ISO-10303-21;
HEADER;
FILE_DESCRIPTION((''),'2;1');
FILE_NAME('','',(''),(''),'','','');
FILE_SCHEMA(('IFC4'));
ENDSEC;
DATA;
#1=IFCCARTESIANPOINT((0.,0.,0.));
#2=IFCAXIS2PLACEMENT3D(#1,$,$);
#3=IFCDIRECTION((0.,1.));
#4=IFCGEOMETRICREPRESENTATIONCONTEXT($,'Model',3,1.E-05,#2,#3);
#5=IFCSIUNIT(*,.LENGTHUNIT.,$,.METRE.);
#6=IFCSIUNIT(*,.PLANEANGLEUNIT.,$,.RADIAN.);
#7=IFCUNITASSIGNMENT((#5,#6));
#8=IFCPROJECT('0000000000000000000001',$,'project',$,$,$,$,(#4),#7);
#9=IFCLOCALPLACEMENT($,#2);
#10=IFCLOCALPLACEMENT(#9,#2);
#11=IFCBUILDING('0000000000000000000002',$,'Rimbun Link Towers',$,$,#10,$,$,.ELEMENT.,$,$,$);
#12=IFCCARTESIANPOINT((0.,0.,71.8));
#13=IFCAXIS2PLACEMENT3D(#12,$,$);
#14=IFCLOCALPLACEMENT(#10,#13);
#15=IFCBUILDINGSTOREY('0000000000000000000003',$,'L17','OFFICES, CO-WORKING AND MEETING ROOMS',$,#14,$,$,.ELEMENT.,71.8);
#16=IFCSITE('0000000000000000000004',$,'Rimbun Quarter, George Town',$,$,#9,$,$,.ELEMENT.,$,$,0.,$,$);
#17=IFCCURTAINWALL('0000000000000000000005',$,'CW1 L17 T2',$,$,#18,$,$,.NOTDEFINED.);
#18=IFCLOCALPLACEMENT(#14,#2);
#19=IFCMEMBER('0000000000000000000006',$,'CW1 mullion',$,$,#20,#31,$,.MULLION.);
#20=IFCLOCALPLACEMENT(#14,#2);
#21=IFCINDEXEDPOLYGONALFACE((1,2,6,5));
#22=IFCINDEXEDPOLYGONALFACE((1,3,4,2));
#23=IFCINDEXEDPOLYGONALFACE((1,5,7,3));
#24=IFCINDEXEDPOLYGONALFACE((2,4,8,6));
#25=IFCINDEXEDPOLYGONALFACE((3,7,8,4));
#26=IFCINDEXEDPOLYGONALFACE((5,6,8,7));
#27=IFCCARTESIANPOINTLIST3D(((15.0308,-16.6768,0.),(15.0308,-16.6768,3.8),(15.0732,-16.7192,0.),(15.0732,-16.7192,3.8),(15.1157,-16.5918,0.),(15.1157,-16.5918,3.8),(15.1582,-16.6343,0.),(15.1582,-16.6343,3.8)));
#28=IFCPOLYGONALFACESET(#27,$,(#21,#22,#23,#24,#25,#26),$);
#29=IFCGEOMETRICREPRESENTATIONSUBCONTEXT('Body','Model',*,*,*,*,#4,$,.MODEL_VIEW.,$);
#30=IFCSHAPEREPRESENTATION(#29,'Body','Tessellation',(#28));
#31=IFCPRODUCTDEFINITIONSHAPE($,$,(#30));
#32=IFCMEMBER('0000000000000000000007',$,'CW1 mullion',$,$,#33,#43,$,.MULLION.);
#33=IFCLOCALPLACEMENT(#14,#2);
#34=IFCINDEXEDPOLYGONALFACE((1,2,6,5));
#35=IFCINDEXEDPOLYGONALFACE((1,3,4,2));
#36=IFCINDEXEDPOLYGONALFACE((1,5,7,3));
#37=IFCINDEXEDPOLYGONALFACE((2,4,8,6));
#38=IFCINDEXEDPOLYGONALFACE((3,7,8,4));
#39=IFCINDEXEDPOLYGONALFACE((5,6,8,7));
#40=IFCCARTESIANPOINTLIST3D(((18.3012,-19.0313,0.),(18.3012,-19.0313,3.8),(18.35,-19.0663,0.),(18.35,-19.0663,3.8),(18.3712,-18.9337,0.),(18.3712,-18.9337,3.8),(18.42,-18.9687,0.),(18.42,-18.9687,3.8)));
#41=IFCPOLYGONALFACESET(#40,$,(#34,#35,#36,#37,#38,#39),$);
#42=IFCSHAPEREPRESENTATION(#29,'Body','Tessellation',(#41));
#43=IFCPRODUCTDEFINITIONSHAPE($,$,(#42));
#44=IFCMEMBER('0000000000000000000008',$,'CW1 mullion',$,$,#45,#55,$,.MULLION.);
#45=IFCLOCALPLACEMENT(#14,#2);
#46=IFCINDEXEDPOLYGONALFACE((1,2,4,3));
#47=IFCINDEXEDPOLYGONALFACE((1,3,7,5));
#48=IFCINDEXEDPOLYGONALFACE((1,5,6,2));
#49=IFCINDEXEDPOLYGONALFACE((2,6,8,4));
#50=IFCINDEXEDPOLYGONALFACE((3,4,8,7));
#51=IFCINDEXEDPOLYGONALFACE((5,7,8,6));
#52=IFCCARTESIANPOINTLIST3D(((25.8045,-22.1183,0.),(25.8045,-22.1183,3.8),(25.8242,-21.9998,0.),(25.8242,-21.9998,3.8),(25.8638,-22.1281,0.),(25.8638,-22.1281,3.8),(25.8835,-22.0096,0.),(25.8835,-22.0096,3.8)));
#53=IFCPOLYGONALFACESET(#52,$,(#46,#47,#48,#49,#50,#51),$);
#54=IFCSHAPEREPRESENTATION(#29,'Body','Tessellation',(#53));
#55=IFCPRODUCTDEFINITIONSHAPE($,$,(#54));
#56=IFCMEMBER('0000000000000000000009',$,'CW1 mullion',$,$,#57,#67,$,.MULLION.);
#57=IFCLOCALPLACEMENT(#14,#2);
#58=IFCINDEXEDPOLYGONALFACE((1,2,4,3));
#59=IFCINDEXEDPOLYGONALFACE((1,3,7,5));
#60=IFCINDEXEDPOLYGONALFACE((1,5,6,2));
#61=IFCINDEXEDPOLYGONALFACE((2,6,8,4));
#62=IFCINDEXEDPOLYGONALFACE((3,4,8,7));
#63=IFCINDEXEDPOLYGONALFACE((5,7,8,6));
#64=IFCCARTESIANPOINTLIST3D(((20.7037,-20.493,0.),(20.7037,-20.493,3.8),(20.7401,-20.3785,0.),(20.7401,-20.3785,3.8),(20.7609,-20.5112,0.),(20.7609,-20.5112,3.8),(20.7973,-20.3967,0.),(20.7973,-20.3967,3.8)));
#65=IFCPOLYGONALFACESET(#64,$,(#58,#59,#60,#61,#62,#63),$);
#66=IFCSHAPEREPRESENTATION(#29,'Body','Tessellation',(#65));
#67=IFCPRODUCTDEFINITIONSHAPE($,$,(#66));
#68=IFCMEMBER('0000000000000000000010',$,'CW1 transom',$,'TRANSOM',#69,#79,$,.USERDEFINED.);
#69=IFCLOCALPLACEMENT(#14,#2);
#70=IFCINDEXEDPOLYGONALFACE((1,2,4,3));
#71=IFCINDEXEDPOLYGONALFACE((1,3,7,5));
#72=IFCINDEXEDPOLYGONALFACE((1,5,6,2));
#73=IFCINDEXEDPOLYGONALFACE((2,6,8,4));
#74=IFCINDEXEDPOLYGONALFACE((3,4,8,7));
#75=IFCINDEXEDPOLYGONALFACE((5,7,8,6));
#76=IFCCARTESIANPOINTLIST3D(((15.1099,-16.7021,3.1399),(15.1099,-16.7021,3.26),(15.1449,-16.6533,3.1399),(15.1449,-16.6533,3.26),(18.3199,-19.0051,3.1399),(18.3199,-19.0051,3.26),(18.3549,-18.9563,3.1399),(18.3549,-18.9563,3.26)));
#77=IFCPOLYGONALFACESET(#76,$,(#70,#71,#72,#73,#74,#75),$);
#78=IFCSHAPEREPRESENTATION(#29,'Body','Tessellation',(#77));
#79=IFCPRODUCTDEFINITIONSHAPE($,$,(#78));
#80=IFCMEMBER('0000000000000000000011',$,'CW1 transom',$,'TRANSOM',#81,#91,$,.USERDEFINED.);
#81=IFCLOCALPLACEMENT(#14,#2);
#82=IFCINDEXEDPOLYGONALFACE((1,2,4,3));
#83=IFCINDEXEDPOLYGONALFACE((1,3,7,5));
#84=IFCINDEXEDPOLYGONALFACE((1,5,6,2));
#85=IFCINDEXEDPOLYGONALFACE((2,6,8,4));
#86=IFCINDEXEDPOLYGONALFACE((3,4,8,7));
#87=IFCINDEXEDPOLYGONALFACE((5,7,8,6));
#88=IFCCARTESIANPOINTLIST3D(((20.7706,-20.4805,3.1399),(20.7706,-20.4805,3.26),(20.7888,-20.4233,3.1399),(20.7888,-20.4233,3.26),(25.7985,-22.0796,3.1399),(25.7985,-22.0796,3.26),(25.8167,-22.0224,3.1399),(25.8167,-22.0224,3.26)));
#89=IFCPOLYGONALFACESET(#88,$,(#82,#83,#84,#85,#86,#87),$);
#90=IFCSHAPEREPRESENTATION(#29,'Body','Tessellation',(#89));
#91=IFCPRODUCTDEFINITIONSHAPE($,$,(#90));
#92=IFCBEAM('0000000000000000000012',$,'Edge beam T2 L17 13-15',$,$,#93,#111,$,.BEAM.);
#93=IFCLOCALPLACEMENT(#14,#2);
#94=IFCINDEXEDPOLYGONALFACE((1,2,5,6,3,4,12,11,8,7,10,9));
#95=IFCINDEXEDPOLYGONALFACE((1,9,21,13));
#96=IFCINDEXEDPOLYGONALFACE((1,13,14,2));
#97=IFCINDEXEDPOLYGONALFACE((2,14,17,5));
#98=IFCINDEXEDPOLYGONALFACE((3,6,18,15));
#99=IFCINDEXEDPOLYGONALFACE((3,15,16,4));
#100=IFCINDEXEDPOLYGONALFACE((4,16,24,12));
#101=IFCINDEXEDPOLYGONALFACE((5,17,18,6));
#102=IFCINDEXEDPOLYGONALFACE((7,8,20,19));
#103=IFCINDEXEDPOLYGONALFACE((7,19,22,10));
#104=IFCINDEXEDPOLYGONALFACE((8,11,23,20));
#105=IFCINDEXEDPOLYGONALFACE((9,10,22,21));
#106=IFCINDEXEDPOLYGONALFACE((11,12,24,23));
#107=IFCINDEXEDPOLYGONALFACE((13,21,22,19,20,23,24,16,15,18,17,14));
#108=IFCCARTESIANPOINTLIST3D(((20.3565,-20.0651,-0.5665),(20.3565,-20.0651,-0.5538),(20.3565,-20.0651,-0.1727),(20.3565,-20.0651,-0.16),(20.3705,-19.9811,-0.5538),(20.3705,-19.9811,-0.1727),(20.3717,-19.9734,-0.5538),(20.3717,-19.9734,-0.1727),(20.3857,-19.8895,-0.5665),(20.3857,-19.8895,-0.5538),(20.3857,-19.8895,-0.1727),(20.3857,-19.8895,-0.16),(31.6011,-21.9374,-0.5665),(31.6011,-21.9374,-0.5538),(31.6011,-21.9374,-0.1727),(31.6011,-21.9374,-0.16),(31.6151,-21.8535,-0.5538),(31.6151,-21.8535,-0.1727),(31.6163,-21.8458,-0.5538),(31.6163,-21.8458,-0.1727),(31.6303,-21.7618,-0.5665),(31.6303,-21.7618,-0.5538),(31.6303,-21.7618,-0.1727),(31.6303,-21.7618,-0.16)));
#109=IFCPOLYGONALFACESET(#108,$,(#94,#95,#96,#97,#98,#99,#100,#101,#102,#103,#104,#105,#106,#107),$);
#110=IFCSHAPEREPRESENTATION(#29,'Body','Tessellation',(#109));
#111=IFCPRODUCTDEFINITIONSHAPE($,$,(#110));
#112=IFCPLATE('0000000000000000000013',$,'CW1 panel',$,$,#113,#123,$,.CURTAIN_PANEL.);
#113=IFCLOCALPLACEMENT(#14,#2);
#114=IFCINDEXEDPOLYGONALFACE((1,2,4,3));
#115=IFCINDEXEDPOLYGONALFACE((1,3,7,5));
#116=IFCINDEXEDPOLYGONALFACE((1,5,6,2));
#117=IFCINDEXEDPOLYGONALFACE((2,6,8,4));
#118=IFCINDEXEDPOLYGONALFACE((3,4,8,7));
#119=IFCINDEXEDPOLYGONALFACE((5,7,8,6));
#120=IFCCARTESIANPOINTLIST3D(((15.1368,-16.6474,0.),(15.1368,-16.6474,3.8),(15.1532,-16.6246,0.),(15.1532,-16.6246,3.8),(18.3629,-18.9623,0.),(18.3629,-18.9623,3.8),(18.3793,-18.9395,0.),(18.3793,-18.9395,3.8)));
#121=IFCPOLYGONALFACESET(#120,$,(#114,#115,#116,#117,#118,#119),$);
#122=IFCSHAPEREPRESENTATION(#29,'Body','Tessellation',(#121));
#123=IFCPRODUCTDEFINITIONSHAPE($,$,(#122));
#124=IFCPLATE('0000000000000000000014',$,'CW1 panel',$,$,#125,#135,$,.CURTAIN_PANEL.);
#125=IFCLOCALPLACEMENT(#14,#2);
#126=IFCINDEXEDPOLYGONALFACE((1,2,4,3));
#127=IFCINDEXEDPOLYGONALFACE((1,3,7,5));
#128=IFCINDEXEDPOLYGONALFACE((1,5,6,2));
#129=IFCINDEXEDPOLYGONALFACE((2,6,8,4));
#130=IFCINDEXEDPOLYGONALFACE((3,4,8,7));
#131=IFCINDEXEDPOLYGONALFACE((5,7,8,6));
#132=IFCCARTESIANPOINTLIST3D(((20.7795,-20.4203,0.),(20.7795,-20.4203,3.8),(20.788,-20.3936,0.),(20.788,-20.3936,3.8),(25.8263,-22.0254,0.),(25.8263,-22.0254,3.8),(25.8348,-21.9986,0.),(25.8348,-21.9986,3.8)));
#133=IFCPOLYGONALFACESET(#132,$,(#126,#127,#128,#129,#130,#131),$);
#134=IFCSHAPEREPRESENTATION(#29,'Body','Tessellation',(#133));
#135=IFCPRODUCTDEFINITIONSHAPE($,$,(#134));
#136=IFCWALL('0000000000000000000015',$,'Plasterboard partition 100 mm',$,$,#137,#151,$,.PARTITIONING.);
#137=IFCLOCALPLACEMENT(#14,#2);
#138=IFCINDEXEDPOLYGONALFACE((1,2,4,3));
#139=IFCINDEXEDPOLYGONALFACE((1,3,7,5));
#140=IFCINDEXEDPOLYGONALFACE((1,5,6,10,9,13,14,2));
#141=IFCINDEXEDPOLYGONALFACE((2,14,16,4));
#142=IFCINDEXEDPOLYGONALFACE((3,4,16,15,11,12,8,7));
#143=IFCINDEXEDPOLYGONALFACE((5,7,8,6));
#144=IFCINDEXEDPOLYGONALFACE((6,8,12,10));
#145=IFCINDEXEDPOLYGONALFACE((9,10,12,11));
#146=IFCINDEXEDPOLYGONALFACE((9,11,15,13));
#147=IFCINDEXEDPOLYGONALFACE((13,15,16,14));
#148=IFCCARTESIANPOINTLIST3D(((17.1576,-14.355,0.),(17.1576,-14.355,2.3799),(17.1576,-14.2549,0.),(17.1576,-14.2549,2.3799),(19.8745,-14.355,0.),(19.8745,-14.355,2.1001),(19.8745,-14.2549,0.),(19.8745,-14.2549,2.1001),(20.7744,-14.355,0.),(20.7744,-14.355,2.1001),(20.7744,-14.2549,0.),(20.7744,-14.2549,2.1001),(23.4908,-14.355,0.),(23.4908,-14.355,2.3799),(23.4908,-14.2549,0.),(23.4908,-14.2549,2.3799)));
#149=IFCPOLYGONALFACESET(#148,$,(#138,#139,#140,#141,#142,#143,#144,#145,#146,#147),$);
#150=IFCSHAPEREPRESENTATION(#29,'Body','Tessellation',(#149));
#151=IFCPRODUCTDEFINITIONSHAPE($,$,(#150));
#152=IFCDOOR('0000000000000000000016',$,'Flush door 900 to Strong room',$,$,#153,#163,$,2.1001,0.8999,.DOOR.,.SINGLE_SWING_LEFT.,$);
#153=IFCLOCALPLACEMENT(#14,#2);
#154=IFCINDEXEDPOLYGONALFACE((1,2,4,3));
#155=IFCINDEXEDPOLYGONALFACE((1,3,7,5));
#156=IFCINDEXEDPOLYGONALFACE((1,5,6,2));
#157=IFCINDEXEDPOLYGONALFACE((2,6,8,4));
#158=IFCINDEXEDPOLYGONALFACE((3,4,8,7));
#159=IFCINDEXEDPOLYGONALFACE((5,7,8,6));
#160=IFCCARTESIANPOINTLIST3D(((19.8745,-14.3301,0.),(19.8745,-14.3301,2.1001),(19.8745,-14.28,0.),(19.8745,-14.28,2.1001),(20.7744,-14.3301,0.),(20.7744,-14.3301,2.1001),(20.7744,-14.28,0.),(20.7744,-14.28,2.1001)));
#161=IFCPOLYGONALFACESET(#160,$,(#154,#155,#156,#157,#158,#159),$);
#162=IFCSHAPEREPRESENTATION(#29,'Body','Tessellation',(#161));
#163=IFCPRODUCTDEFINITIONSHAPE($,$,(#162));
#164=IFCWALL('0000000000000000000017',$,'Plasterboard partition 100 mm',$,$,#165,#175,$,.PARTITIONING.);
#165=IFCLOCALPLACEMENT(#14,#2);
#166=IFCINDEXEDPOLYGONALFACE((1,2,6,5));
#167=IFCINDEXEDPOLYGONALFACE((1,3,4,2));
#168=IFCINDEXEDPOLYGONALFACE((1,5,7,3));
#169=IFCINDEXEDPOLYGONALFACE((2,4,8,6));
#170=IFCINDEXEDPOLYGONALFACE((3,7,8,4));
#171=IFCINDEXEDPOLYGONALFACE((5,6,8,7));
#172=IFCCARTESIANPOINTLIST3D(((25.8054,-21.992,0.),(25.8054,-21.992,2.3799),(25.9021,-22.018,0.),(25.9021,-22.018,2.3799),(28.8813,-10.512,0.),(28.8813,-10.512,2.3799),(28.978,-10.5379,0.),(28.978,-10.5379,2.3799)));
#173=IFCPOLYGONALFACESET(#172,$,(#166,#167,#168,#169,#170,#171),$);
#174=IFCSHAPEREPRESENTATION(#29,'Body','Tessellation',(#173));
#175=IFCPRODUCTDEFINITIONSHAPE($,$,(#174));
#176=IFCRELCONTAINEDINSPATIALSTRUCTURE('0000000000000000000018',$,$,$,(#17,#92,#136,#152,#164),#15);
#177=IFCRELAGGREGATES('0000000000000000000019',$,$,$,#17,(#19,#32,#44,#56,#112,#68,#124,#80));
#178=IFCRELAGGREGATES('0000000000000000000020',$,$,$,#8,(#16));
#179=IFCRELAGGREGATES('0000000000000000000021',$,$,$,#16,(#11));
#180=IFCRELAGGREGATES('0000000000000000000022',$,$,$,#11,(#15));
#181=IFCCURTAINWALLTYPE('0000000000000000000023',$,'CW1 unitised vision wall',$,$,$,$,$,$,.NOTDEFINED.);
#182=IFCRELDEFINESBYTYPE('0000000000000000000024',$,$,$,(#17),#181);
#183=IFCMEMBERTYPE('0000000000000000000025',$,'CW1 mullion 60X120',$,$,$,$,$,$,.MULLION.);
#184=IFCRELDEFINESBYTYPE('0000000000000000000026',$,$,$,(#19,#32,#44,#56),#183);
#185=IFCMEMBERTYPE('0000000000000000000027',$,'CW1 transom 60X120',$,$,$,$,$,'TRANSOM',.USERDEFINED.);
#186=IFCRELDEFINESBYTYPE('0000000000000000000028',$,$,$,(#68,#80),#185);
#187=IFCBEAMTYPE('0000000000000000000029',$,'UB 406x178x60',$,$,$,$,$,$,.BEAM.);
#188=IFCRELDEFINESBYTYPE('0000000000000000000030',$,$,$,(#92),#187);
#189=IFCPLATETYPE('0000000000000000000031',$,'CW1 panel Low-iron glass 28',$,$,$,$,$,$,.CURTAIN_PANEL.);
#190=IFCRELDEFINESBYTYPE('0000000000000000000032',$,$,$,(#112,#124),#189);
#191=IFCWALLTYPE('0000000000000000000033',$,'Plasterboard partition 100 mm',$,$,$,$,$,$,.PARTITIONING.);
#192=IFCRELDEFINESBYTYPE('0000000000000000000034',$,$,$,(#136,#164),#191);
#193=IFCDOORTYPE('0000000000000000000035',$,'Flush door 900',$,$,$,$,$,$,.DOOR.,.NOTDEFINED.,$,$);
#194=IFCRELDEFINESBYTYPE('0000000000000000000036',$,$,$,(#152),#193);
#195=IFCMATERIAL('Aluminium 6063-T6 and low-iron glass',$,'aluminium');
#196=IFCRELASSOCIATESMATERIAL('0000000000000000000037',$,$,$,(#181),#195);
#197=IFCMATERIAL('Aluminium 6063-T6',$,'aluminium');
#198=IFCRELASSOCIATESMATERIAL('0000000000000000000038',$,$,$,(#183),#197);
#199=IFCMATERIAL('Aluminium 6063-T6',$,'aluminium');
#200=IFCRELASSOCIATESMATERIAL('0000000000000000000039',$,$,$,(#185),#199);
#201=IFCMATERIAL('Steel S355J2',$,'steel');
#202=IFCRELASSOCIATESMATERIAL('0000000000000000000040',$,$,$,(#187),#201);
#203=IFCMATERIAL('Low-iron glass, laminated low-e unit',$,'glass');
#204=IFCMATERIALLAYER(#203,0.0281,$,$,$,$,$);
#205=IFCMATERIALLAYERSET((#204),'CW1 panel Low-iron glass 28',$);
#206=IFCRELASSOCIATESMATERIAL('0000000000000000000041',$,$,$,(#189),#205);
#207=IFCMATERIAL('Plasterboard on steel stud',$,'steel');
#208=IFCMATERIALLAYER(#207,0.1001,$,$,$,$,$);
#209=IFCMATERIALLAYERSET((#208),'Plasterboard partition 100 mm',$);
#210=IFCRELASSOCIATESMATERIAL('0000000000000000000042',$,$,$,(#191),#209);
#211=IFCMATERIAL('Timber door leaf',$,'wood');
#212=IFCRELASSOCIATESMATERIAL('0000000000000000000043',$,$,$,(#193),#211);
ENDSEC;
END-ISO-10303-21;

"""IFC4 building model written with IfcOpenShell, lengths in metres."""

from ifc_helpers import new_model, si_unit, direction, frame, frame_2d, origin, origin_2d, place, context, subcontext, project, spatial, rectangle, i_section, extrude, material, layer, layer_set, material_profile, profile_set, type_object, element, fill, aggregate, save


model = new_model("IFC4")

# Units and contexts
model_context = context("Model", 3, precision=1e-05, world=origin(), true_north=direction((0.0, 1.0)))
body_context = subcontext(model_context, "Body", "Model", "MODEL_VIEW")
ifc_project = project(units=[si_unit("LENGTHUNIT", "METRE"), si_unit("PLANEANGLEUNIT", "RADIAN")], contexts=[model_context])

# Site, building, storey
site_placement = place(None, origin())
site = spatial("IfcSite", under=ifc_project, at=site_placement, Name="Rimbun Quarter, George Town", CompositionType="ELEMENT", RefElevation=0.0)
building_placement = place(site_placement, origin())
building = spatial("IfcBuilding", under=site, at=building_placement, Name="Rimbun Link Towers", CompositionType="ELEMENT")
storey_placement = place(building_placement, frame((0.0, 0.0, 71.8)))
storey = spatial("IfcBuildingStorey", under=building, at=storey_placement, Name="L17", Description="OFFICES, CO-WORKING AND MEETING ROOMS", CompositionType="ELEMENT", Elevation=71.8)

# Curtain wall, members
ifc_material_1 = material(Name="Aluminium 6063-T6 and low-iron glass", Category="aluminium")
curtain_wall_type = type_object("IfcCurtainWallType", Name="CW1 unitised vision wall", PredefinedType="NOTDEFINED", material=ifc_material_1)
curtain_wall_placement = place(storey_placement, origin())
curtain_wall = element("IfcCurtainWall", 1, at=curtain_wall_placement, inside=storey, type_object=curtain_wall_type, Name="CW1 L17 T2", PredefinedType="NOTDEFINED")
ifc_material_2 = material(Name="Aluminium 6063-T6", Category="aluminium")
ifc_material_profile_1 = material_profile(ifc_material_2, rectangle(XDim=0.1201, YDim=0.0601, at=origin_2d()), Name="MULLION 60X120")
ifc_profile_set_1 = profile_set([ifc_material_profile_1], Name="Aluminium 6063-T6")
member_type_1 = type_object("IfcMemberType", Name="CW1 mullion 60X120", PredefinedType="MULLION", material=ifc_profile_set_1)
member_1_placement = place(storey_placement, frame((15.0945, -16.6555, 0.0), z_axis=(0.0, 0.0, 1.0), x_axis=(-0.707107, -0.707107, 0.0)))
member_1 = element("IfcMember", 2, at=member_1_placement, type_object=member_type_1, Name="CW1 mullion", PredefinedType="MULLION", context=body_context, shape_type="SweptSolid", body=[
    extrude(rectangle(XDim=0.1201, YDim=0.0601, at=origin_2d()), origin(), (0.0, 0.0, 1.0), 3.8),
])
member_2_placement = place(storey_placement, frame((18.3606, -19.0, 0.0), z_axis=(0.0, 0.0, 1.0), x_axis=(-0.583002, -0.812471, 0.0)))
member_2 = element("IfcMember", 3, at=member_2_placement, type_object=member_type_1, Name="CW1 mullion", PredefinedType="MULLION", context=body_context, shape_type="SweptSolid", body=[
    extrude(rectangle(XDim=0.1201, YDim=0.0601, at=origin_2d()), origin(), (0.0, 0.0, 1.0), 3.8),
])
member_3_placement = place(storey_placement, frame((25.844, -22.064, 0.0), z_axis=(0.0, 0.0, 1.0), x_axis=(-0.163744, -0.986503, 0.0)))
member_3 = element("IfcMember", 4, at=member_3_placement, type_object=member_type_1, Name="CW1 mullion", PredefinedType="MULLION", context=body_context, shape_type="SweptSolid", body=[
    extrude(rectangle(XDim=0.1201, YDim=0.0601, at=origin_2d()), origin(), (0.0, 0.0, 1.0), 3.8),
])
member_4_placement = place(storey_placement, frame((20.7505, -20.4448, 0.0), z_axis=(0.0, 0.0, 1.0), x_axis=(-0.303066, -0.95297, 0.0)))
member_4 = element("IfcMember", 5, at=member_4_placement, type_object=member_type_1, Name="CW1 mullion", PredefinedType="MULLION", context=body_context, shape_type="SweptSolid", body=[
    extrude(rectangle(XDim=0.1201, YDim=0.0601, at=origin_2d()), origin(), (0.0, 0.0, 1.0), 3.8),
])
ifc_material_3 = material(Name="Aluminium 6063-T6", Category="aluminium")
ifc_material_profile_2 = material_profile(ifc_material_3, rectangle(XDim=0.0601, YDim=0.1201, at=origin_2d()), Name="TRANSOM 60X120")
ifc_profile_set_2 = profile_set([ifc_material_profile_2], Name="Aluminium 6063-T6")
member_type_2 = type_object("IfcMemberType", Name="CW1 transom 60X120", ElementType="TRANSOM", PredefinedType="USERDEFINED", material=ifc_profile_set_2)
member_5_placement = place(storey_placement, frame((18.3374, -18.9807, 3.2), z_axis=(-0.812517, 0.582938, 0.0), x_axis=(-0.582938, -0.812517, 0.0)))
member_5 = element("IfcMember", 6, at=member_5_placement, type_object=member_type_2, Name="CW1 transom", ObjectType="TRANSOM", PredefinedType="USERDEFINED", context=body_context, shape_type="SweptSolid", body=[
    extrude(rectangle(XDim=0.0601, YDim=0.1201, at=origin_2d()), origin(), (0.0, 0.0, 1.0), 3.9507),
])
member_6_placement = place(storey_placement, frame((25.8076, -22.051, 3.2), z_axis=(-0.952961, 0.303093, 0.0), x_axis=(-0.303093, -0.952961, 0.0)))
member_6 = element("IfcMember", 7, at=member_6_placement, type_object=member_type_2, Name="CW1 transom", ObjectType="TRANSOM", PredefinedType="USERDEFINED", context=body_context, shape_type="SweptSolid", body=[
    extrude(rectangle(XDim=0.0601, YDim=0.1201, at=origin_2d()), origin(), (0.0, 0.0, 1.0), 5.2761),
])

# Beam
ifc_material_4 = material(Name="Steel S355J2", Category="steel")
ifc_material_profile_3 = material_profile(ifc_material_4, i_section(OverallWidth=0.178, OverallDepth=0.4065, WebThickness=0.0078, FlangeThickness=0.0127, at=origin_2d()), Name="UB 406x178x60")
ifc_profile_set_3 = profile_set([ifc_material_profile_3], Name="Steel S355J2")
beam_type = type_object("IfcBeamType", Name="UB 406x178x60", PredefinedType="BEAM", material=ifc_profile_set_3)
beam_placement = place(storey_placement, frame((20.3711, -19.9773, -0.3633), z_axis=(0.986419, -0.164246, 0.0), x_axis=(0.164246, 0.986419, 0.0)))
element("IfcBeam", 8, at=beam_placement, inside=storey, type_object=beam_type, Name="Edge beam T2 L17 13-15", PredefinedType="BEAM", context=body_context, shape_type="SweptSolid", body=[
    extrude(i_section(OverallWidth=0.178, OverallDepth=0.4065, WebThickness=0.0078, FlangeThickness=0.0127, at=origin_2d()), origin(), (0.0, 0.0, 1.0), 11.3994),
])

# Plates
ifc_material_5 = material(Name="Low-iron glass, laminated low-e unit", Category="glass")
ifc_layer_1 = layer(ifc_material_5, 0.0281)
ifc_layer_set_1 = layer_set([ifc_layer_1], Name="CW1 panel Low-iron glass 28")
plate_type = type_object("IfcPlateType", Name="CW1 panel Low-iron glass 28", PredefinedType="CURTAIN_PANEL", material=ifc_layer_set_1)
plate_1_placement = place(storey_placement, frame((16.7581, -17.7935, 0.0), z_axis=(0.0, 0.0, 1.0), x_axis=(-0.812471, 0.583002, 0.0)))
plate_1 = element("IfcPlate", 9, at=plate_1_placement, type_object=plate_type, Name="CW1 panel", PredefinedType="CURTAIN_PANEL", context=body_context, shape_type="SweptSolid", body=[
    extrude(rectangle(XDim=3.9707, YDim=0.0281, at=origin_2d()), origin(), (0.0, 0.0, 1.0), 3.8),
])
plate_2_placement = place(storey_placement, frame((23.3071, -21.2095, 0.0), z_axis=(0.0, 0.0, 1.0), x_axis=(-0.95297, 0.303066, 0.0)))
plate_2 = element("IfcPlate", 10, at=plate_2_placement, type_object=plate_type, Name="CW1 panel", PredefinedType="CURTAIN_PANEL", context=body_context, shape_type="SweptSolid", body=[
    extrude(rectangle(XDim=5.2959, YDim=0.0281, at=origin_2d()), origin(), (0.0, 0.0, 1.0), 3.8),
])
aggregate(curtain_wall, [member_1, member_2, member_3, member_4, plate_1, member_5, plate_2, member_6])

# Wall, opening, door
ifc_material_6 = material(Name="Plasterboard on steel stud", Category="steel")
ifc_layer_2 = layer(ifc_material_6, 0.1001)
ifc_layer_set_2 = layer_set([ifc_layer_2], Name="Plasterboard partition 100 mm")
wall_type = type_object("IfcWallType", Name="Plasterboard partition 100 mm", PredefinedType="PARTITIONING", material=ifc_layer_set_2)
wall_1_placement = place(storey_placement, frame((17.1577, -14.3049, 0.0), z_axis=(0.0, 0.0, 1.0), x_axis=(1.0, 0.0, 0.0)))
wall_1 = element("IfcWall", 11, at=wall_1_placement, inside=storey, type_object=wall_type, Name="Plasterboard partition 100 mm", PredefinedType="PARTITIONING", context=body_context, shape_type="SweptSolid", body=[
    extrude(rectangle(XDim=6.3333, YDim=0.1001, at=frame_2d((3.1665, 0.0))), origin(), (0.0, 0.0, 1.0), 2.3799),
])
opening_placement = place(wall_1_placement, frame((2.7168, 0.0, 0.0)))
opening = element("IfcOpeningElement", 12, at=opening_placement, cuts=wall_1, PredefinedType="OPENING", context=body_context, shape_type="SweptSolid", body=[
    extrude(rectangle(XDim=0.8999, YDim=2.1001, at=frame_2d((0.45, 1.05))), frame((0.0, 0.0601, 0.0), z_axis=(0.0, -1.0, 0.0), x_axis=(1.0, 0.0, 0.0)), (0.0, 0.0, 1.0), 0.1201),
])
ifc_material_7 = material(Name="Timber door leaf", Category="wood")
door_type = type_object("IfcDoorType", Name="Flush door 900", OperationType="NOTDEFINED", PredefinedType="DOOR", material=ifc_material_7)
door_placement = place(opening_placement, origin())
door = element("IfcDoor", 13, at=door_placement, inside=storey, type_object=door_type, Name="Flush door 900 to Strong room", OperationType="SINGLE_SWING_LEFT", OverallHeight=2.1001, OverallWidth=0.8999, PredefinedType="DOOR", context=body_context, shape_type="SweptSolid", body=[
    extrude(rectangle(XDim=0.8999, YDim=2.1001, at=frame_2d((0.45, 1.05))), frame((0.0, 0.0249, 0.0), z_axis=(0.0, -1.0, 0.0), x_axis=(1.0, 0.0, 0.0)), (0.0, 0.0, 1.0), 0.05),
])
fill(opening, door)

# Wall
wall_2_placement = place(storey_placement, frame((25.8538, -22.0049, 0.0), z_axis=(0.0, 0.0, 1.0), x_axis=(0.258809, 0.965928, 0.0)))
element("IfcWall", 14, at=wall_2_placement, inside=storey, type_object=wall_type, Name="Plasterboard partition 100 mm", PredefinedType="PARTITIONING", context=body_context, shape_type="SweptSolid", body=[
    extrude(rectangle(XDim=11.885, YDim=0.1001, at=frame_2d((5.9424, 0.0))), origin(), (0.0, 0.0, 1.0), 2.3799),
])

save(model, "model.ifc")
